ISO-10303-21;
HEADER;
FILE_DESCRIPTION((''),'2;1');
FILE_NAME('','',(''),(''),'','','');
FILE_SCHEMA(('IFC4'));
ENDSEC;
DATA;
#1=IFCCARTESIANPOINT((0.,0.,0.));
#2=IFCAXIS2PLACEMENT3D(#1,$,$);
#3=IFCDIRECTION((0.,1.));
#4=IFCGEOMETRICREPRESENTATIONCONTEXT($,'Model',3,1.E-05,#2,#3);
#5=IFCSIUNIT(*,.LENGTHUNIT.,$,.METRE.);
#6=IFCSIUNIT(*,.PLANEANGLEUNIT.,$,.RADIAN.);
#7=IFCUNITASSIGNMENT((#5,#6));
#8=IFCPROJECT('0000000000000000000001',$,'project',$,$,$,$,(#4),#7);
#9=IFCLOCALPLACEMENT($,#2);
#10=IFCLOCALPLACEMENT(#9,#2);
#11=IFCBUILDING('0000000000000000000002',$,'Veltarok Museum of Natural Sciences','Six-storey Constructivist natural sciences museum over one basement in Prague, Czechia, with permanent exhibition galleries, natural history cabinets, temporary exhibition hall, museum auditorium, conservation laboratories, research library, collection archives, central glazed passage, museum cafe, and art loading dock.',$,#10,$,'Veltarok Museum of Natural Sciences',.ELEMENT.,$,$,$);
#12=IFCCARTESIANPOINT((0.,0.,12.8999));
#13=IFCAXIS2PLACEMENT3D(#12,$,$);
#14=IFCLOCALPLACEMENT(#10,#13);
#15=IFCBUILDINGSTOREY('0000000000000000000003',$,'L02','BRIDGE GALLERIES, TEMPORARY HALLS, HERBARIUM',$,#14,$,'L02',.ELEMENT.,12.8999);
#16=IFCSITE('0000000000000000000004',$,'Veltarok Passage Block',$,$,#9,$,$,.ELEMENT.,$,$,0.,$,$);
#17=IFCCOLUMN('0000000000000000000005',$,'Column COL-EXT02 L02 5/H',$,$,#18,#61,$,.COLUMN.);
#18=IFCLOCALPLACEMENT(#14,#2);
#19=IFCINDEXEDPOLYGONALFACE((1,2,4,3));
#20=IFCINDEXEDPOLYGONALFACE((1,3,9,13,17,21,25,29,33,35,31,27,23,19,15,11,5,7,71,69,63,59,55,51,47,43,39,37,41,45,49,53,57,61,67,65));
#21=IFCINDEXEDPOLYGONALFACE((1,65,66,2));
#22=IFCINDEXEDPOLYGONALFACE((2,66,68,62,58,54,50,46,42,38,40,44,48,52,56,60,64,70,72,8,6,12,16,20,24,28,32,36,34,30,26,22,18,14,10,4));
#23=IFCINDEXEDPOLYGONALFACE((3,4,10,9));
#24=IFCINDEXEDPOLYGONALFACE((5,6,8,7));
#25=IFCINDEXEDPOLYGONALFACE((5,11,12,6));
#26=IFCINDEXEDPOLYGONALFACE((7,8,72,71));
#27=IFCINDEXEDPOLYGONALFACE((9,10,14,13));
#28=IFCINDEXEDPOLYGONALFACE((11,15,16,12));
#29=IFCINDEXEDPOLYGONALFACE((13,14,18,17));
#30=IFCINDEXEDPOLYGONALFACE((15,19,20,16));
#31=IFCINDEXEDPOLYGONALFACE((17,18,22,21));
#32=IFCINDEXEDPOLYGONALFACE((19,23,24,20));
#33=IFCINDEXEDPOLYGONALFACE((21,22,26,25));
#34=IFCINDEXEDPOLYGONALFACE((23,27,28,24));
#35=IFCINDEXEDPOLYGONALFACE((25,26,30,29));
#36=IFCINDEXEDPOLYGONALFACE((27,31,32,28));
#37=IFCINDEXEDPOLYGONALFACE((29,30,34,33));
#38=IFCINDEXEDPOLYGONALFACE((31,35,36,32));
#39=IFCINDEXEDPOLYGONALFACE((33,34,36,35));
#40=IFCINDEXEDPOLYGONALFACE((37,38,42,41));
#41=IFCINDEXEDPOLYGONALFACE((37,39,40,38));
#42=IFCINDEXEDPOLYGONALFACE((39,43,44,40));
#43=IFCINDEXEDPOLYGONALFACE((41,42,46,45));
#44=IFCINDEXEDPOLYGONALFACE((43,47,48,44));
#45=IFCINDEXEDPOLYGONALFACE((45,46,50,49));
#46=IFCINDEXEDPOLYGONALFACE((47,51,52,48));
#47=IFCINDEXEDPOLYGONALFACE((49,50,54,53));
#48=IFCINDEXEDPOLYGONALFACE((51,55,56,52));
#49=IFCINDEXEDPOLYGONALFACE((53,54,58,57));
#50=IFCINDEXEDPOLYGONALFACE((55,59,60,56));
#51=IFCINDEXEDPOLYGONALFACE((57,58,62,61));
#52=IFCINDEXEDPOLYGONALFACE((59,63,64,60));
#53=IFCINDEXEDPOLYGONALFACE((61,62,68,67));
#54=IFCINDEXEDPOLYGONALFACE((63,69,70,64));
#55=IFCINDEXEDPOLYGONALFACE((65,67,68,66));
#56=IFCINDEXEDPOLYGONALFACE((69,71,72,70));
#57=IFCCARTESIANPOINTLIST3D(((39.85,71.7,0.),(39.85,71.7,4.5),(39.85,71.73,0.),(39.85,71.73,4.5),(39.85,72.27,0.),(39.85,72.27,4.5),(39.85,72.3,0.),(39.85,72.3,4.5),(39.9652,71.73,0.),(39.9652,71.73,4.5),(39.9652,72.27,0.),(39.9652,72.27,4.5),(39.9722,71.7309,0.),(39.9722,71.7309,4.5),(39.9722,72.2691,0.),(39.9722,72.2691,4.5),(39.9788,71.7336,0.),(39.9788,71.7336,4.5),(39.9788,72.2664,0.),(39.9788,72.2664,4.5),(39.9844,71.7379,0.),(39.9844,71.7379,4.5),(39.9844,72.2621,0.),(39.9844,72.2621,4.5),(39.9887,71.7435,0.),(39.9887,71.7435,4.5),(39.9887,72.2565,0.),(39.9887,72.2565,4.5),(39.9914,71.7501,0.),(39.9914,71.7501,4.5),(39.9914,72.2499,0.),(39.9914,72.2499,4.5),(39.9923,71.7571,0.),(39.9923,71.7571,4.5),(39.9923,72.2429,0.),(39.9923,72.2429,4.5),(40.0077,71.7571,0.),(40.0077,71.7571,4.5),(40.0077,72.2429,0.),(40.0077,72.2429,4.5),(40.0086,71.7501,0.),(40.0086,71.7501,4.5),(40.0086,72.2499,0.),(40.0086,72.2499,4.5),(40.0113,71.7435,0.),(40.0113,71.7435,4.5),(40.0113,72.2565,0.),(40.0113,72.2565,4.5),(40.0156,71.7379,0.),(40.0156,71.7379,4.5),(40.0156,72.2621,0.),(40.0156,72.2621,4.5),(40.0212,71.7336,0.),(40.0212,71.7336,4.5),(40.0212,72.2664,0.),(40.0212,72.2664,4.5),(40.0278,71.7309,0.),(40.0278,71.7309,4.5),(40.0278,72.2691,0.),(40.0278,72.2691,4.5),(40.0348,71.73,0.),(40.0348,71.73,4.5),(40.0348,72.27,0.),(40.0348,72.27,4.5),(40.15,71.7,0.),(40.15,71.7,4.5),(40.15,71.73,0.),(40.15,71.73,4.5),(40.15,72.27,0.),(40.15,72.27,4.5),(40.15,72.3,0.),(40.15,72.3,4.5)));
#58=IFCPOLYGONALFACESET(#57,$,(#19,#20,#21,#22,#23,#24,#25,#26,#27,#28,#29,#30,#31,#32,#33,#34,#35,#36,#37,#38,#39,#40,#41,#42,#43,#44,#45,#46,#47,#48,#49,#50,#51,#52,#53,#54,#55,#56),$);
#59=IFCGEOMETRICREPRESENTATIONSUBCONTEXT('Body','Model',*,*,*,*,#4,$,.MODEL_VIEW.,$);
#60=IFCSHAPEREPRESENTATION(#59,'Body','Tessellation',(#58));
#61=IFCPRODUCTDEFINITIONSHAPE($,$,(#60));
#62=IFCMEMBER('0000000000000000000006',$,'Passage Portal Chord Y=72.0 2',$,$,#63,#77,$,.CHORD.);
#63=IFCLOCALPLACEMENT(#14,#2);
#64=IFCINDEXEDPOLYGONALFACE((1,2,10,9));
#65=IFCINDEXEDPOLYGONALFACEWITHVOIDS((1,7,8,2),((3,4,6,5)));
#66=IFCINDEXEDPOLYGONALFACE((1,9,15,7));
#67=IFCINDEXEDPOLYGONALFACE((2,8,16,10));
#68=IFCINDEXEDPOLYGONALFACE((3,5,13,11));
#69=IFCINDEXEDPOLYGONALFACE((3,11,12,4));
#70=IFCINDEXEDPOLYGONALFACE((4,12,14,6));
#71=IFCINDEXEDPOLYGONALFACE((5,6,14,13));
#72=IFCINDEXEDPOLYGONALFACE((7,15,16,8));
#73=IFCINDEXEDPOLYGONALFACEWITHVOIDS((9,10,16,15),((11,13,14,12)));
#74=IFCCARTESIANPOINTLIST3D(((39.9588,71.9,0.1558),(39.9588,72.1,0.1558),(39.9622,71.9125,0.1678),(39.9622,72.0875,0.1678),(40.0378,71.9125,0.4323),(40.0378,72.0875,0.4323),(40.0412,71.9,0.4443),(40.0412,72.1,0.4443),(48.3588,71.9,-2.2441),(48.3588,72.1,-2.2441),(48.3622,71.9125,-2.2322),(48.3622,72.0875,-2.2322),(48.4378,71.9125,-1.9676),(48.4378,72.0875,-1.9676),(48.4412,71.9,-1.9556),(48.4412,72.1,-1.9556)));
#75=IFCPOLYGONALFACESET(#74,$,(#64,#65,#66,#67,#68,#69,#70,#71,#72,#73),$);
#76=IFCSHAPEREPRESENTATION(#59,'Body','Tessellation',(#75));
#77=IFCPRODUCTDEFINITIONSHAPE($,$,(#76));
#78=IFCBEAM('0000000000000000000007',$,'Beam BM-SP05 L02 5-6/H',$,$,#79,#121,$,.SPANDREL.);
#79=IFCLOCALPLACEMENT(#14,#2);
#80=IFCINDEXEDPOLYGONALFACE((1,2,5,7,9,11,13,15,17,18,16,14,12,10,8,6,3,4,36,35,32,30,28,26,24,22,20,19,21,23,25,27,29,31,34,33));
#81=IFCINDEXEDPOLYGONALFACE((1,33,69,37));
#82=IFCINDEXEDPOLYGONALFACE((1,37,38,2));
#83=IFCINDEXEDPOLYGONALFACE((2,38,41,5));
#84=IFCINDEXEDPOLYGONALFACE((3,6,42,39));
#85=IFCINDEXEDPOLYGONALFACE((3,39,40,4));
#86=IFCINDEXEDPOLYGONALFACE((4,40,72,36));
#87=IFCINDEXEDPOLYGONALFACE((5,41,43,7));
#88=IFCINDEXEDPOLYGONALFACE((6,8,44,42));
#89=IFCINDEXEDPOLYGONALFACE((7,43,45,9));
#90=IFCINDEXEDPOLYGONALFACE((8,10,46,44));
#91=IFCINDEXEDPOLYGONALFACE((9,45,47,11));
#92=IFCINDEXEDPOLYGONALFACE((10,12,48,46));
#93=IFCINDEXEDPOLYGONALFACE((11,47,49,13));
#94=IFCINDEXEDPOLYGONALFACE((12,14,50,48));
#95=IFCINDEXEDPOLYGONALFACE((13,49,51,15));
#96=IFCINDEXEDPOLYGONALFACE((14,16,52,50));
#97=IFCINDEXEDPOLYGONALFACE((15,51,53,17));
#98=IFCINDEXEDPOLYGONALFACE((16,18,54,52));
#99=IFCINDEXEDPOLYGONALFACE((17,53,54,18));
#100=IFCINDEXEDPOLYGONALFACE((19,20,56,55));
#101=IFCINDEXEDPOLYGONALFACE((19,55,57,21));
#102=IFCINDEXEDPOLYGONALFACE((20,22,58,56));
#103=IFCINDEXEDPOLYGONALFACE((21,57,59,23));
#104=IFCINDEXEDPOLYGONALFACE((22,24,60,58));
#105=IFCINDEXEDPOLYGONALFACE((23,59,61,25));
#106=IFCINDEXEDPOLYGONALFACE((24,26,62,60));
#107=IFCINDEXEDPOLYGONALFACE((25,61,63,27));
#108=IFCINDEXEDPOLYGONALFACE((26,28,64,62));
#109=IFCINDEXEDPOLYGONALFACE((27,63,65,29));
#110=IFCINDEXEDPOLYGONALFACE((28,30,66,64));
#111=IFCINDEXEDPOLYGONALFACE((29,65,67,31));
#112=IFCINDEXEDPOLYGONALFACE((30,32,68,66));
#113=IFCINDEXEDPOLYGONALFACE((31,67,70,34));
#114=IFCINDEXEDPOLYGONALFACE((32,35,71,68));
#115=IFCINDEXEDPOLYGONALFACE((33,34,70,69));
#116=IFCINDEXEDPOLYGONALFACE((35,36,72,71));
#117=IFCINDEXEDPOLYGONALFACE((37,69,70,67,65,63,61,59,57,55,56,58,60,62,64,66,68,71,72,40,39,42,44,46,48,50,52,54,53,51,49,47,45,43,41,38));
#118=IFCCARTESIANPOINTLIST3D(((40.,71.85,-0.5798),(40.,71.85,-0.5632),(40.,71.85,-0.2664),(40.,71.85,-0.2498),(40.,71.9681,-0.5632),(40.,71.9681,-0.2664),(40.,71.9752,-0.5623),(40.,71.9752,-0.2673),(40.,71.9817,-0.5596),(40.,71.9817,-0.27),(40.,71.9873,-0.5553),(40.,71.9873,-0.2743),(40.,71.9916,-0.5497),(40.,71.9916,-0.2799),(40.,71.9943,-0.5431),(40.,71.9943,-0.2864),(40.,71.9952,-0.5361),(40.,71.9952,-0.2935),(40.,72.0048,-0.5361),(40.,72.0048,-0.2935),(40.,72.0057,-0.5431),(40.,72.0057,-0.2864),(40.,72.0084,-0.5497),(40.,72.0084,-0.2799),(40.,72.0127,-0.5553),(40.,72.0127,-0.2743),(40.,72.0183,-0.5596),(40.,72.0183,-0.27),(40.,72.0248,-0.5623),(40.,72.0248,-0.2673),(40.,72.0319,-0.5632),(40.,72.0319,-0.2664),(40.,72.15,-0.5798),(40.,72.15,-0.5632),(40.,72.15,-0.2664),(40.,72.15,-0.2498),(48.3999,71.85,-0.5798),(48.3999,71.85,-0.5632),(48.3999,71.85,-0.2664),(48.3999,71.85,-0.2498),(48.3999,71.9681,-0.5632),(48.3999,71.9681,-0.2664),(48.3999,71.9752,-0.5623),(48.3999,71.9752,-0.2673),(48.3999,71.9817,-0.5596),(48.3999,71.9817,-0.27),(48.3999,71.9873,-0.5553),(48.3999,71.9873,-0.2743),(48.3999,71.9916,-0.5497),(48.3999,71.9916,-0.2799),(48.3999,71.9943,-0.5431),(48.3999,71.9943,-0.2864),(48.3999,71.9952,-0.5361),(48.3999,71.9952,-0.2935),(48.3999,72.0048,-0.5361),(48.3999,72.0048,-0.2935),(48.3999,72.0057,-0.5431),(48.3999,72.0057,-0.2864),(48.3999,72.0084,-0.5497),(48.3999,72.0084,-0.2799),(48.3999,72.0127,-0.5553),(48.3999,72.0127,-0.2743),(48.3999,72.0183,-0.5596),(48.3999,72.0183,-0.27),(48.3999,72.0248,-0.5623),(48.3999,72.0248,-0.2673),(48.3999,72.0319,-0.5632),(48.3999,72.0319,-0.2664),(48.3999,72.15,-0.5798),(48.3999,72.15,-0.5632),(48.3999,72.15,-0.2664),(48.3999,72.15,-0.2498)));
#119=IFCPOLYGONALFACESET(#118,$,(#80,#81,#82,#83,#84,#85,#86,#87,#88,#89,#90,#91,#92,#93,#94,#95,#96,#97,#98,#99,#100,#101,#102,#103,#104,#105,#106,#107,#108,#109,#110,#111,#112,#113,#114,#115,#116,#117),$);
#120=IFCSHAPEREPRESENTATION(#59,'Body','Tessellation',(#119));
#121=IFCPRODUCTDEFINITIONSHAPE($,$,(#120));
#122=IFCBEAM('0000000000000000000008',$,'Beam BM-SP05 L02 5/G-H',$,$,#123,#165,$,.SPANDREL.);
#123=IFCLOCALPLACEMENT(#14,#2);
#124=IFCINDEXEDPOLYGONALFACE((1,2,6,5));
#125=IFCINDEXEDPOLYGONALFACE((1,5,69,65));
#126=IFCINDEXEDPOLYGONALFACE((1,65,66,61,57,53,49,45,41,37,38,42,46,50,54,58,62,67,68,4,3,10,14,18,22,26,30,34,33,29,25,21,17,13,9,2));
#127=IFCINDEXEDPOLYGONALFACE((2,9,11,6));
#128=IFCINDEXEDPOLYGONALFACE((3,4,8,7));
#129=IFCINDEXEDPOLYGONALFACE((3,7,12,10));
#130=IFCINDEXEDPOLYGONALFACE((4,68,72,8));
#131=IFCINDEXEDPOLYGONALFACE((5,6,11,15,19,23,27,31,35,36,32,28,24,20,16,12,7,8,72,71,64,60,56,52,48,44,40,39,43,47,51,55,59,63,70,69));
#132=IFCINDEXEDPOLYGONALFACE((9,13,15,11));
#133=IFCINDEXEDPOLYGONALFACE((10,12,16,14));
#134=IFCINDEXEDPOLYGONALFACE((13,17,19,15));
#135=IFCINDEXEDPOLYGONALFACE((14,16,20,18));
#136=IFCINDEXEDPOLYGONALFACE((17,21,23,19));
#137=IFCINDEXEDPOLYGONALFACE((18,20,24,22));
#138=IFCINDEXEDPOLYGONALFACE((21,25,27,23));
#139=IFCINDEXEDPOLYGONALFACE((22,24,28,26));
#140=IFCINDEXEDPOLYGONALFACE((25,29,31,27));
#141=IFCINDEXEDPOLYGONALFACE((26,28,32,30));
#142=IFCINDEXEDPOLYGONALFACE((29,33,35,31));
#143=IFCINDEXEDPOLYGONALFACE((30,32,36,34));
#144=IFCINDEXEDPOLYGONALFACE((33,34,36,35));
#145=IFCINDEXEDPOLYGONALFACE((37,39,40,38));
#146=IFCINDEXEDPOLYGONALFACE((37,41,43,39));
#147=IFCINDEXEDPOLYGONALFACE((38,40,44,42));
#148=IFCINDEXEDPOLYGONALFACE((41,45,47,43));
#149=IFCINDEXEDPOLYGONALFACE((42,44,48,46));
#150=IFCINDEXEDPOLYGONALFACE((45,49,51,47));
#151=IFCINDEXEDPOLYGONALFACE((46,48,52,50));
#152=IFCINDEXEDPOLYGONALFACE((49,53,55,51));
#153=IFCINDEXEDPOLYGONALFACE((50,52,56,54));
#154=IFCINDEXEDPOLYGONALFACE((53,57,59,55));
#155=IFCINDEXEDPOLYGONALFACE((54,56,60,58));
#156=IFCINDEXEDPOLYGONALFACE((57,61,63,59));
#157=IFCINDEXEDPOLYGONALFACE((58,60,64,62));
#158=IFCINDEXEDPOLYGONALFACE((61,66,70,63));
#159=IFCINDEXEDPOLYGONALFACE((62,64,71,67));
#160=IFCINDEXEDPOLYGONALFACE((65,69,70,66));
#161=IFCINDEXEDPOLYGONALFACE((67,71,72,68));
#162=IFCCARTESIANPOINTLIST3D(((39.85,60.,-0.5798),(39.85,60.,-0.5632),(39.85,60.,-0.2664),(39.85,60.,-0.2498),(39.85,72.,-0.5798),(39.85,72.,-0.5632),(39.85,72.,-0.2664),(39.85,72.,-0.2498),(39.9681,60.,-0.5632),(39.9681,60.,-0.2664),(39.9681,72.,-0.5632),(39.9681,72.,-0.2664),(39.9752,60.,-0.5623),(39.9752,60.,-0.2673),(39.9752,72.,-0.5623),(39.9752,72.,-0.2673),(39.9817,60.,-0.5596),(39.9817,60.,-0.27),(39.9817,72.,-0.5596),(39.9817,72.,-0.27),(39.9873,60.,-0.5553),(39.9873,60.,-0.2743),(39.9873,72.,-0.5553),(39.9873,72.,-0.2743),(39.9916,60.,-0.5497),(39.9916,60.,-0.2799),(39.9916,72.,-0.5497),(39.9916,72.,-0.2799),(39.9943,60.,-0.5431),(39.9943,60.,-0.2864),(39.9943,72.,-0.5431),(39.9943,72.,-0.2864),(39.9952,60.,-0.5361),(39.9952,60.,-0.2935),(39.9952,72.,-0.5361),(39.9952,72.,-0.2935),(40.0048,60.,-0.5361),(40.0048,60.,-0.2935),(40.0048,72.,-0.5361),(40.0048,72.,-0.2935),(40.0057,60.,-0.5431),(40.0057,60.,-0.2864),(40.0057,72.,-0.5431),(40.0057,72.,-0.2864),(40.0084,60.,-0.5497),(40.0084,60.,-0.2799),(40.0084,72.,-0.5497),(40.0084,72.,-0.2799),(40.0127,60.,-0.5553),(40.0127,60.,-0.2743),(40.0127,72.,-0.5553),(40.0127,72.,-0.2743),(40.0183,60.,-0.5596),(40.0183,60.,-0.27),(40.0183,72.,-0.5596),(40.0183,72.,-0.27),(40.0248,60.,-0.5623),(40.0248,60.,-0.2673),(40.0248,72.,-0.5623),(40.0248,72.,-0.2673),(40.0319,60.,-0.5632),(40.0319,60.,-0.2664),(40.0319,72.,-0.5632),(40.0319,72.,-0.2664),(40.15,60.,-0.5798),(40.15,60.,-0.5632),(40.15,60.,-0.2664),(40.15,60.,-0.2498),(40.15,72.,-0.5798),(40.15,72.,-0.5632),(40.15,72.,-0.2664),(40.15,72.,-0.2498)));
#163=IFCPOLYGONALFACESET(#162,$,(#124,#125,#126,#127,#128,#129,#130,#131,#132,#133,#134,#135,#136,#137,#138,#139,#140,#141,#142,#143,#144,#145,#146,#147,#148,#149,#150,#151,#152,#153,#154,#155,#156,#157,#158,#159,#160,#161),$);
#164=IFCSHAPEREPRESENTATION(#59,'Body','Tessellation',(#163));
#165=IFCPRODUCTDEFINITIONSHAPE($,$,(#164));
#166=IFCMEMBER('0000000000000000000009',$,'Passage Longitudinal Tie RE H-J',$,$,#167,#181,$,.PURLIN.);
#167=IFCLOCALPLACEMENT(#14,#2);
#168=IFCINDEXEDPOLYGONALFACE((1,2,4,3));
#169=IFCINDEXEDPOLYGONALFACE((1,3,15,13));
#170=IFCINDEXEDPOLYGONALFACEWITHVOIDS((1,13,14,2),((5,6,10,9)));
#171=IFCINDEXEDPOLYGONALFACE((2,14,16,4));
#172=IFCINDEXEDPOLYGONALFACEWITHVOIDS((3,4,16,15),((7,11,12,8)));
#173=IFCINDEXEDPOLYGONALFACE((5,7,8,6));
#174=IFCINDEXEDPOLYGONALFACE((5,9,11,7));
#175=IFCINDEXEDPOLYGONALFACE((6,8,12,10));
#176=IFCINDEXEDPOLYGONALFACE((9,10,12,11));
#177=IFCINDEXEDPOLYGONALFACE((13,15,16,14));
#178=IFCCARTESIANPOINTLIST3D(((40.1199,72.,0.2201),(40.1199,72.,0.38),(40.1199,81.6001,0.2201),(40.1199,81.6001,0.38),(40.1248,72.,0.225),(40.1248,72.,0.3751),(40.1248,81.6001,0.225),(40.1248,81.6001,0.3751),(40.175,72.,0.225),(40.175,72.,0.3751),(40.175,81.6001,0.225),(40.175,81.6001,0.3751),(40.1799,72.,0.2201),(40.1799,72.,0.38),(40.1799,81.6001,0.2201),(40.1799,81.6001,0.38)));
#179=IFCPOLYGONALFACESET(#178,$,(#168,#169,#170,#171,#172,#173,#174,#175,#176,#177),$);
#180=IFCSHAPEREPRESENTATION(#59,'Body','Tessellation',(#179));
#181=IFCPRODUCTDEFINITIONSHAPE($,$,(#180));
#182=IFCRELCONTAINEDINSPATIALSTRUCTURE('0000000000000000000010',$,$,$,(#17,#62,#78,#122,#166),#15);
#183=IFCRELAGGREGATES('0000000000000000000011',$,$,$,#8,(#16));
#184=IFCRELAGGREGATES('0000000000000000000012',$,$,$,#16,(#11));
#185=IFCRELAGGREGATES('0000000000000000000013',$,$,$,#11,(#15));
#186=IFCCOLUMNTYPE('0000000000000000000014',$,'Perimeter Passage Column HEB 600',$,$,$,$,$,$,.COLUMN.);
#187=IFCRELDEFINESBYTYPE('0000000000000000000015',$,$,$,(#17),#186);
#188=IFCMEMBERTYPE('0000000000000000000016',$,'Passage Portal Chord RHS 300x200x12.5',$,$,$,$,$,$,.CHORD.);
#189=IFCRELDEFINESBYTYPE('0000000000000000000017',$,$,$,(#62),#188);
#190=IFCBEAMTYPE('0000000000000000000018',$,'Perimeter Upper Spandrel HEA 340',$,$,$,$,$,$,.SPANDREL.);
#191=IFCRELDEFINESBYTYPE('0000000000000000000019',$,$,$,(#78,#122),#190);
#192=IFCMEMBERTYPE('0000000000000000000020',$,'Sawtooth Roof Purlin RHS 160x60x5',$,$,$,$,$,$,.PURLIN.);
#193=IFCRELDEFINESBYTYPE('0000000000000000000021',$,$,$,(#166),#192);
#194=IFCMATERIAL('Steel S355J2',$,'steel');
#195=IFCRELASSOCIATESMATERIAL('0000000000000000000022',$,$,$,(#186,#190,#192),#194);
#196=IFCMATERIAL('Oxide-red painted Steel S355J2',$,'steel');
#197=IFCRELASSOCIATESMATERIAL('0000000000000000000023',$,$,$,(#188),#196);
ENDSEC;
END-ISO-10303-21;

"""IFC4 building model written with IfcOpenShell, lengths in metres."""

from ifc_helpers import new_model, si_unit, direction, frame, origin, origin_2d, place, context, subcontext, project, spatial, hollow_rectangle, i_section, extrude, material, material_profile, profile_set, type_object, element, save


model = new_model("IFC4")

# Units and contexts
model_context = context("Model", 3, precision=1e-05, world=origin(), true_north=direction((0.0, 1.0)))
body_context = subcontext(model_context, "Body", "Model", "MODEL_VIEW")
ifc_project = project(units=[si_unit("LENGTHUNIT", "METRE"), si_unit("PLANEANGLEUNIT", "RADIAN")], contexts=[model_context])

# Site, building, storey
site_placement = place(None, origin())
site = spatial("IfcSite", under=ifc_project, at=site_placement, Name="Veltarok Passage Block", CompositionType="ELEMENT", RefElevation=0.0)
building_placement = place(site_placement, origin())
building = spatial("IfcBuilding", under=site, at=building_placement, Name="Veltarok Museum of Natural Sciences", Description="Six-storey Constructivist natural sciences museum over one basement in Prague, Czechia, with permanent exhibition galleries, natural history cabinets, temporary exhibition hall, museum auditorium, conservation laboratories, research library, collection archives, central glazed passage, museum cafe, and art loading dock.", LongName="Veltarok Museum of Natural Sciences", CompositionType="ELEMENT")
storey_placement = place(building_placement, frame((0.0, 0.0, 12.8999)))
storey = spatial("IfcBuildingStorey", under=building, at=storey_placement, Name="L02", Description="BRIDGE GALLERIES, TEMPORARY HALLS, HERBARIUM", LongName="L02", CompositionType="ELEMENT", Elevation=12.8999)

# Column
ifc_material_1 = material(Name="Steel S355J2", Category="steel")
ifc_material_profile_1 = material_profile(ifc_material_1, i_section(OverallWidth=0.3, OverallDepth=0.6001, WebThickness=0.0154, FlangeThickness=0.03, FilletRadius=0.0271, at=origin_2d()), Name="HEB 600")
ifc_profile_set_1 = profile_set([ifc_material_profile_1], Name="Steel S355J2")
column_type = type_object("IfcColumnType", Name="Perimeter Passage Column HEB 600", PredefinedType="COLUMN", material=ifc_profile_set_1)
column_placement = place(storey_placement, frame((40.0, 72.0, 0.0), z_axis=(0.0, 0.0, 1.0), x_axis=(1.0, 0.0, 0.0)))
element("IfcColumn", 1, at=column_placement, inside=storey, type_object=column_type, Name="Column COL-EXT02 L02 5/H", PredefinedType="COLUMN", context=body_context, shape_type="SweptSolid", body=[
    extrude(i_section(OverallWidth=0.3, OverallDepth=0.6001, WebThickness=0.0154, FlangeThickness=0.03, FilletRadius=0.0271, at=origin_2d()), origin(), (0.0, 0.0, 1.0), 4.5),
])

# Member
ifc_material_2 = material(Name="Oxide-red painted Steel S355J2", Category="steel")
ifc_material_profile_2 = material_profile(ifc_material_2, hollow_rectangle(XDim=0.2, YDim=0.3, WallThickness=0.0125, at=origin_2d()), Name="RHS 300x200x12.5")
ifc_profile_set_2 = profile_set([ifc_material_profile_2], Name="Oxide-red painted Steel S355J2")
member_type_1 = type_object("IfcMemberType", Name="Passage Portal Chord RHS 300x200x12.5", PredefinedType="CHORD", material=ifc_profile_set_2)
member_1_placement = place(storey_placement, frame((40.0, 72.0, 0.3), z_axis=(0.961526, 0.0, -0.274714), x_axis=(0.0, 1.0, 0.0)))
element("IfcMember", 2, at=member_1_placement, inside=storey, type_object=member_type_1, Name="Passage Portal Chord Y=72.0 2", PredefinedType="CHORD", context=body_context, shape_type="SweptSolid", body=[
    extrude(hollow_rectangle(XDim=0.2, YDim=0.3, WallThickness=0.0125, at=origin_2d()), origin(), (0.0, 0.0, 1.0), 8.7361),
])

# Beams
ifc_material_profile_3 = material_profile(ifc_material_1, i_section(OverallWidth=0.3, OverallDepth=0.3301, WebThickness=0.0095, FlangeThickness=0.0166, FilletRadius=0.0271, at=origin_2d()), Name="HEA 340")
ifc_profile_set_3 = profile_set([ifc_material_profile_3], Name="Steel S355J2")
beam_type = type_object("IfcBeamType", Name="Perimeter Upper Spandrel HEA 340", PredefinedType="SPANDREL", material=ifc_profile_set_3)
beam_1_placement = place(storey_placement, frame((40.0, 72.0, -0.4148), z_axis=(1.0, 0.0, 0.0), x_axis=(0.0, 1.0, 0.0)))
element("IfcBeam", 3, at=beam_1_placement, inside=storey, type_object=beam_type, Name="Beam BM-SP05 L02 5-6/H", PredefinedType="SPANDREL", context=body_context, shape_type="SweptSolid", body=[
    extrude(i_section(OverallWidth=0.3, OverallDepth=0.3301, WebThickness=0.0095, FlangeThickness=0.0166, FilletRadius=0.0271, at=origin_2d()), origin(), (0.0, 0.0, 1.0), 8.3999),
])
beam_2_placement = place(storey_placement, frame((40.0, 60.0, -0.4148), z_axis=(0.0, 1.0, 0.0), x_axis=(-1.0, 0.0, 0.0)))
element("IfcBeam", 4, at=beam_2_placement, inside=storey, type_object=beam_type, Name="Beam BM-SP05 L02 5/G-H", PredefinedType="SPANDREL", context=body_context, shape_type="SweptSolid", body=[
    extrude(i_section(OverallWidth=0.3, OverallDepth=0.3301, WebThickness=0.0095, FlangeThickness=0.0166, FilletRadius=0.0271, at=origin_2d()), origin(), (0.0, 0.0, 1.0), 12.0),
])

# Member
ifc_material_profile_4 = material_profile(ifc_material_1, hollow_rectangle(XDim=0.0601, YDim=0.1599, WallThickness=0.0049, at=origin_2d()), Name="RHS 160x60x5")
ifc_profile_set_4 = profile_set([ifc_material_profile_4], Name="Steel S355J2")
member_type_2 = type_object("IfcMemberType", Name="Sawtooth Roof Purlin RHS 160x60x5", PredefinedType="PURLIN", material=ifc_profile_set_4)
member_2_placement = place(storey_placement, frame((40.1499, 72.0, 0.3), z_axis=(0.0, 1.0, 0.0), x_axis=(-1.0, 0.0, 0.0)))
element("IfcMember", 5, at=member_2_placement, inside=storey, type_object=member_type_2, Name="Passage Longitudinal Tie RE H-J", PredefinedType="PURLIN", context=body_context, shape_type="SweptSolid", body=[
    extrude(hollow_rectangle(XDim=0.0601, YDim=0.1599, WallThickness=0.0049, at=origin_2d()), origin(), (0.0, 0.0, 1.0), 9.6001),
])

save(model, "model.ifc")
